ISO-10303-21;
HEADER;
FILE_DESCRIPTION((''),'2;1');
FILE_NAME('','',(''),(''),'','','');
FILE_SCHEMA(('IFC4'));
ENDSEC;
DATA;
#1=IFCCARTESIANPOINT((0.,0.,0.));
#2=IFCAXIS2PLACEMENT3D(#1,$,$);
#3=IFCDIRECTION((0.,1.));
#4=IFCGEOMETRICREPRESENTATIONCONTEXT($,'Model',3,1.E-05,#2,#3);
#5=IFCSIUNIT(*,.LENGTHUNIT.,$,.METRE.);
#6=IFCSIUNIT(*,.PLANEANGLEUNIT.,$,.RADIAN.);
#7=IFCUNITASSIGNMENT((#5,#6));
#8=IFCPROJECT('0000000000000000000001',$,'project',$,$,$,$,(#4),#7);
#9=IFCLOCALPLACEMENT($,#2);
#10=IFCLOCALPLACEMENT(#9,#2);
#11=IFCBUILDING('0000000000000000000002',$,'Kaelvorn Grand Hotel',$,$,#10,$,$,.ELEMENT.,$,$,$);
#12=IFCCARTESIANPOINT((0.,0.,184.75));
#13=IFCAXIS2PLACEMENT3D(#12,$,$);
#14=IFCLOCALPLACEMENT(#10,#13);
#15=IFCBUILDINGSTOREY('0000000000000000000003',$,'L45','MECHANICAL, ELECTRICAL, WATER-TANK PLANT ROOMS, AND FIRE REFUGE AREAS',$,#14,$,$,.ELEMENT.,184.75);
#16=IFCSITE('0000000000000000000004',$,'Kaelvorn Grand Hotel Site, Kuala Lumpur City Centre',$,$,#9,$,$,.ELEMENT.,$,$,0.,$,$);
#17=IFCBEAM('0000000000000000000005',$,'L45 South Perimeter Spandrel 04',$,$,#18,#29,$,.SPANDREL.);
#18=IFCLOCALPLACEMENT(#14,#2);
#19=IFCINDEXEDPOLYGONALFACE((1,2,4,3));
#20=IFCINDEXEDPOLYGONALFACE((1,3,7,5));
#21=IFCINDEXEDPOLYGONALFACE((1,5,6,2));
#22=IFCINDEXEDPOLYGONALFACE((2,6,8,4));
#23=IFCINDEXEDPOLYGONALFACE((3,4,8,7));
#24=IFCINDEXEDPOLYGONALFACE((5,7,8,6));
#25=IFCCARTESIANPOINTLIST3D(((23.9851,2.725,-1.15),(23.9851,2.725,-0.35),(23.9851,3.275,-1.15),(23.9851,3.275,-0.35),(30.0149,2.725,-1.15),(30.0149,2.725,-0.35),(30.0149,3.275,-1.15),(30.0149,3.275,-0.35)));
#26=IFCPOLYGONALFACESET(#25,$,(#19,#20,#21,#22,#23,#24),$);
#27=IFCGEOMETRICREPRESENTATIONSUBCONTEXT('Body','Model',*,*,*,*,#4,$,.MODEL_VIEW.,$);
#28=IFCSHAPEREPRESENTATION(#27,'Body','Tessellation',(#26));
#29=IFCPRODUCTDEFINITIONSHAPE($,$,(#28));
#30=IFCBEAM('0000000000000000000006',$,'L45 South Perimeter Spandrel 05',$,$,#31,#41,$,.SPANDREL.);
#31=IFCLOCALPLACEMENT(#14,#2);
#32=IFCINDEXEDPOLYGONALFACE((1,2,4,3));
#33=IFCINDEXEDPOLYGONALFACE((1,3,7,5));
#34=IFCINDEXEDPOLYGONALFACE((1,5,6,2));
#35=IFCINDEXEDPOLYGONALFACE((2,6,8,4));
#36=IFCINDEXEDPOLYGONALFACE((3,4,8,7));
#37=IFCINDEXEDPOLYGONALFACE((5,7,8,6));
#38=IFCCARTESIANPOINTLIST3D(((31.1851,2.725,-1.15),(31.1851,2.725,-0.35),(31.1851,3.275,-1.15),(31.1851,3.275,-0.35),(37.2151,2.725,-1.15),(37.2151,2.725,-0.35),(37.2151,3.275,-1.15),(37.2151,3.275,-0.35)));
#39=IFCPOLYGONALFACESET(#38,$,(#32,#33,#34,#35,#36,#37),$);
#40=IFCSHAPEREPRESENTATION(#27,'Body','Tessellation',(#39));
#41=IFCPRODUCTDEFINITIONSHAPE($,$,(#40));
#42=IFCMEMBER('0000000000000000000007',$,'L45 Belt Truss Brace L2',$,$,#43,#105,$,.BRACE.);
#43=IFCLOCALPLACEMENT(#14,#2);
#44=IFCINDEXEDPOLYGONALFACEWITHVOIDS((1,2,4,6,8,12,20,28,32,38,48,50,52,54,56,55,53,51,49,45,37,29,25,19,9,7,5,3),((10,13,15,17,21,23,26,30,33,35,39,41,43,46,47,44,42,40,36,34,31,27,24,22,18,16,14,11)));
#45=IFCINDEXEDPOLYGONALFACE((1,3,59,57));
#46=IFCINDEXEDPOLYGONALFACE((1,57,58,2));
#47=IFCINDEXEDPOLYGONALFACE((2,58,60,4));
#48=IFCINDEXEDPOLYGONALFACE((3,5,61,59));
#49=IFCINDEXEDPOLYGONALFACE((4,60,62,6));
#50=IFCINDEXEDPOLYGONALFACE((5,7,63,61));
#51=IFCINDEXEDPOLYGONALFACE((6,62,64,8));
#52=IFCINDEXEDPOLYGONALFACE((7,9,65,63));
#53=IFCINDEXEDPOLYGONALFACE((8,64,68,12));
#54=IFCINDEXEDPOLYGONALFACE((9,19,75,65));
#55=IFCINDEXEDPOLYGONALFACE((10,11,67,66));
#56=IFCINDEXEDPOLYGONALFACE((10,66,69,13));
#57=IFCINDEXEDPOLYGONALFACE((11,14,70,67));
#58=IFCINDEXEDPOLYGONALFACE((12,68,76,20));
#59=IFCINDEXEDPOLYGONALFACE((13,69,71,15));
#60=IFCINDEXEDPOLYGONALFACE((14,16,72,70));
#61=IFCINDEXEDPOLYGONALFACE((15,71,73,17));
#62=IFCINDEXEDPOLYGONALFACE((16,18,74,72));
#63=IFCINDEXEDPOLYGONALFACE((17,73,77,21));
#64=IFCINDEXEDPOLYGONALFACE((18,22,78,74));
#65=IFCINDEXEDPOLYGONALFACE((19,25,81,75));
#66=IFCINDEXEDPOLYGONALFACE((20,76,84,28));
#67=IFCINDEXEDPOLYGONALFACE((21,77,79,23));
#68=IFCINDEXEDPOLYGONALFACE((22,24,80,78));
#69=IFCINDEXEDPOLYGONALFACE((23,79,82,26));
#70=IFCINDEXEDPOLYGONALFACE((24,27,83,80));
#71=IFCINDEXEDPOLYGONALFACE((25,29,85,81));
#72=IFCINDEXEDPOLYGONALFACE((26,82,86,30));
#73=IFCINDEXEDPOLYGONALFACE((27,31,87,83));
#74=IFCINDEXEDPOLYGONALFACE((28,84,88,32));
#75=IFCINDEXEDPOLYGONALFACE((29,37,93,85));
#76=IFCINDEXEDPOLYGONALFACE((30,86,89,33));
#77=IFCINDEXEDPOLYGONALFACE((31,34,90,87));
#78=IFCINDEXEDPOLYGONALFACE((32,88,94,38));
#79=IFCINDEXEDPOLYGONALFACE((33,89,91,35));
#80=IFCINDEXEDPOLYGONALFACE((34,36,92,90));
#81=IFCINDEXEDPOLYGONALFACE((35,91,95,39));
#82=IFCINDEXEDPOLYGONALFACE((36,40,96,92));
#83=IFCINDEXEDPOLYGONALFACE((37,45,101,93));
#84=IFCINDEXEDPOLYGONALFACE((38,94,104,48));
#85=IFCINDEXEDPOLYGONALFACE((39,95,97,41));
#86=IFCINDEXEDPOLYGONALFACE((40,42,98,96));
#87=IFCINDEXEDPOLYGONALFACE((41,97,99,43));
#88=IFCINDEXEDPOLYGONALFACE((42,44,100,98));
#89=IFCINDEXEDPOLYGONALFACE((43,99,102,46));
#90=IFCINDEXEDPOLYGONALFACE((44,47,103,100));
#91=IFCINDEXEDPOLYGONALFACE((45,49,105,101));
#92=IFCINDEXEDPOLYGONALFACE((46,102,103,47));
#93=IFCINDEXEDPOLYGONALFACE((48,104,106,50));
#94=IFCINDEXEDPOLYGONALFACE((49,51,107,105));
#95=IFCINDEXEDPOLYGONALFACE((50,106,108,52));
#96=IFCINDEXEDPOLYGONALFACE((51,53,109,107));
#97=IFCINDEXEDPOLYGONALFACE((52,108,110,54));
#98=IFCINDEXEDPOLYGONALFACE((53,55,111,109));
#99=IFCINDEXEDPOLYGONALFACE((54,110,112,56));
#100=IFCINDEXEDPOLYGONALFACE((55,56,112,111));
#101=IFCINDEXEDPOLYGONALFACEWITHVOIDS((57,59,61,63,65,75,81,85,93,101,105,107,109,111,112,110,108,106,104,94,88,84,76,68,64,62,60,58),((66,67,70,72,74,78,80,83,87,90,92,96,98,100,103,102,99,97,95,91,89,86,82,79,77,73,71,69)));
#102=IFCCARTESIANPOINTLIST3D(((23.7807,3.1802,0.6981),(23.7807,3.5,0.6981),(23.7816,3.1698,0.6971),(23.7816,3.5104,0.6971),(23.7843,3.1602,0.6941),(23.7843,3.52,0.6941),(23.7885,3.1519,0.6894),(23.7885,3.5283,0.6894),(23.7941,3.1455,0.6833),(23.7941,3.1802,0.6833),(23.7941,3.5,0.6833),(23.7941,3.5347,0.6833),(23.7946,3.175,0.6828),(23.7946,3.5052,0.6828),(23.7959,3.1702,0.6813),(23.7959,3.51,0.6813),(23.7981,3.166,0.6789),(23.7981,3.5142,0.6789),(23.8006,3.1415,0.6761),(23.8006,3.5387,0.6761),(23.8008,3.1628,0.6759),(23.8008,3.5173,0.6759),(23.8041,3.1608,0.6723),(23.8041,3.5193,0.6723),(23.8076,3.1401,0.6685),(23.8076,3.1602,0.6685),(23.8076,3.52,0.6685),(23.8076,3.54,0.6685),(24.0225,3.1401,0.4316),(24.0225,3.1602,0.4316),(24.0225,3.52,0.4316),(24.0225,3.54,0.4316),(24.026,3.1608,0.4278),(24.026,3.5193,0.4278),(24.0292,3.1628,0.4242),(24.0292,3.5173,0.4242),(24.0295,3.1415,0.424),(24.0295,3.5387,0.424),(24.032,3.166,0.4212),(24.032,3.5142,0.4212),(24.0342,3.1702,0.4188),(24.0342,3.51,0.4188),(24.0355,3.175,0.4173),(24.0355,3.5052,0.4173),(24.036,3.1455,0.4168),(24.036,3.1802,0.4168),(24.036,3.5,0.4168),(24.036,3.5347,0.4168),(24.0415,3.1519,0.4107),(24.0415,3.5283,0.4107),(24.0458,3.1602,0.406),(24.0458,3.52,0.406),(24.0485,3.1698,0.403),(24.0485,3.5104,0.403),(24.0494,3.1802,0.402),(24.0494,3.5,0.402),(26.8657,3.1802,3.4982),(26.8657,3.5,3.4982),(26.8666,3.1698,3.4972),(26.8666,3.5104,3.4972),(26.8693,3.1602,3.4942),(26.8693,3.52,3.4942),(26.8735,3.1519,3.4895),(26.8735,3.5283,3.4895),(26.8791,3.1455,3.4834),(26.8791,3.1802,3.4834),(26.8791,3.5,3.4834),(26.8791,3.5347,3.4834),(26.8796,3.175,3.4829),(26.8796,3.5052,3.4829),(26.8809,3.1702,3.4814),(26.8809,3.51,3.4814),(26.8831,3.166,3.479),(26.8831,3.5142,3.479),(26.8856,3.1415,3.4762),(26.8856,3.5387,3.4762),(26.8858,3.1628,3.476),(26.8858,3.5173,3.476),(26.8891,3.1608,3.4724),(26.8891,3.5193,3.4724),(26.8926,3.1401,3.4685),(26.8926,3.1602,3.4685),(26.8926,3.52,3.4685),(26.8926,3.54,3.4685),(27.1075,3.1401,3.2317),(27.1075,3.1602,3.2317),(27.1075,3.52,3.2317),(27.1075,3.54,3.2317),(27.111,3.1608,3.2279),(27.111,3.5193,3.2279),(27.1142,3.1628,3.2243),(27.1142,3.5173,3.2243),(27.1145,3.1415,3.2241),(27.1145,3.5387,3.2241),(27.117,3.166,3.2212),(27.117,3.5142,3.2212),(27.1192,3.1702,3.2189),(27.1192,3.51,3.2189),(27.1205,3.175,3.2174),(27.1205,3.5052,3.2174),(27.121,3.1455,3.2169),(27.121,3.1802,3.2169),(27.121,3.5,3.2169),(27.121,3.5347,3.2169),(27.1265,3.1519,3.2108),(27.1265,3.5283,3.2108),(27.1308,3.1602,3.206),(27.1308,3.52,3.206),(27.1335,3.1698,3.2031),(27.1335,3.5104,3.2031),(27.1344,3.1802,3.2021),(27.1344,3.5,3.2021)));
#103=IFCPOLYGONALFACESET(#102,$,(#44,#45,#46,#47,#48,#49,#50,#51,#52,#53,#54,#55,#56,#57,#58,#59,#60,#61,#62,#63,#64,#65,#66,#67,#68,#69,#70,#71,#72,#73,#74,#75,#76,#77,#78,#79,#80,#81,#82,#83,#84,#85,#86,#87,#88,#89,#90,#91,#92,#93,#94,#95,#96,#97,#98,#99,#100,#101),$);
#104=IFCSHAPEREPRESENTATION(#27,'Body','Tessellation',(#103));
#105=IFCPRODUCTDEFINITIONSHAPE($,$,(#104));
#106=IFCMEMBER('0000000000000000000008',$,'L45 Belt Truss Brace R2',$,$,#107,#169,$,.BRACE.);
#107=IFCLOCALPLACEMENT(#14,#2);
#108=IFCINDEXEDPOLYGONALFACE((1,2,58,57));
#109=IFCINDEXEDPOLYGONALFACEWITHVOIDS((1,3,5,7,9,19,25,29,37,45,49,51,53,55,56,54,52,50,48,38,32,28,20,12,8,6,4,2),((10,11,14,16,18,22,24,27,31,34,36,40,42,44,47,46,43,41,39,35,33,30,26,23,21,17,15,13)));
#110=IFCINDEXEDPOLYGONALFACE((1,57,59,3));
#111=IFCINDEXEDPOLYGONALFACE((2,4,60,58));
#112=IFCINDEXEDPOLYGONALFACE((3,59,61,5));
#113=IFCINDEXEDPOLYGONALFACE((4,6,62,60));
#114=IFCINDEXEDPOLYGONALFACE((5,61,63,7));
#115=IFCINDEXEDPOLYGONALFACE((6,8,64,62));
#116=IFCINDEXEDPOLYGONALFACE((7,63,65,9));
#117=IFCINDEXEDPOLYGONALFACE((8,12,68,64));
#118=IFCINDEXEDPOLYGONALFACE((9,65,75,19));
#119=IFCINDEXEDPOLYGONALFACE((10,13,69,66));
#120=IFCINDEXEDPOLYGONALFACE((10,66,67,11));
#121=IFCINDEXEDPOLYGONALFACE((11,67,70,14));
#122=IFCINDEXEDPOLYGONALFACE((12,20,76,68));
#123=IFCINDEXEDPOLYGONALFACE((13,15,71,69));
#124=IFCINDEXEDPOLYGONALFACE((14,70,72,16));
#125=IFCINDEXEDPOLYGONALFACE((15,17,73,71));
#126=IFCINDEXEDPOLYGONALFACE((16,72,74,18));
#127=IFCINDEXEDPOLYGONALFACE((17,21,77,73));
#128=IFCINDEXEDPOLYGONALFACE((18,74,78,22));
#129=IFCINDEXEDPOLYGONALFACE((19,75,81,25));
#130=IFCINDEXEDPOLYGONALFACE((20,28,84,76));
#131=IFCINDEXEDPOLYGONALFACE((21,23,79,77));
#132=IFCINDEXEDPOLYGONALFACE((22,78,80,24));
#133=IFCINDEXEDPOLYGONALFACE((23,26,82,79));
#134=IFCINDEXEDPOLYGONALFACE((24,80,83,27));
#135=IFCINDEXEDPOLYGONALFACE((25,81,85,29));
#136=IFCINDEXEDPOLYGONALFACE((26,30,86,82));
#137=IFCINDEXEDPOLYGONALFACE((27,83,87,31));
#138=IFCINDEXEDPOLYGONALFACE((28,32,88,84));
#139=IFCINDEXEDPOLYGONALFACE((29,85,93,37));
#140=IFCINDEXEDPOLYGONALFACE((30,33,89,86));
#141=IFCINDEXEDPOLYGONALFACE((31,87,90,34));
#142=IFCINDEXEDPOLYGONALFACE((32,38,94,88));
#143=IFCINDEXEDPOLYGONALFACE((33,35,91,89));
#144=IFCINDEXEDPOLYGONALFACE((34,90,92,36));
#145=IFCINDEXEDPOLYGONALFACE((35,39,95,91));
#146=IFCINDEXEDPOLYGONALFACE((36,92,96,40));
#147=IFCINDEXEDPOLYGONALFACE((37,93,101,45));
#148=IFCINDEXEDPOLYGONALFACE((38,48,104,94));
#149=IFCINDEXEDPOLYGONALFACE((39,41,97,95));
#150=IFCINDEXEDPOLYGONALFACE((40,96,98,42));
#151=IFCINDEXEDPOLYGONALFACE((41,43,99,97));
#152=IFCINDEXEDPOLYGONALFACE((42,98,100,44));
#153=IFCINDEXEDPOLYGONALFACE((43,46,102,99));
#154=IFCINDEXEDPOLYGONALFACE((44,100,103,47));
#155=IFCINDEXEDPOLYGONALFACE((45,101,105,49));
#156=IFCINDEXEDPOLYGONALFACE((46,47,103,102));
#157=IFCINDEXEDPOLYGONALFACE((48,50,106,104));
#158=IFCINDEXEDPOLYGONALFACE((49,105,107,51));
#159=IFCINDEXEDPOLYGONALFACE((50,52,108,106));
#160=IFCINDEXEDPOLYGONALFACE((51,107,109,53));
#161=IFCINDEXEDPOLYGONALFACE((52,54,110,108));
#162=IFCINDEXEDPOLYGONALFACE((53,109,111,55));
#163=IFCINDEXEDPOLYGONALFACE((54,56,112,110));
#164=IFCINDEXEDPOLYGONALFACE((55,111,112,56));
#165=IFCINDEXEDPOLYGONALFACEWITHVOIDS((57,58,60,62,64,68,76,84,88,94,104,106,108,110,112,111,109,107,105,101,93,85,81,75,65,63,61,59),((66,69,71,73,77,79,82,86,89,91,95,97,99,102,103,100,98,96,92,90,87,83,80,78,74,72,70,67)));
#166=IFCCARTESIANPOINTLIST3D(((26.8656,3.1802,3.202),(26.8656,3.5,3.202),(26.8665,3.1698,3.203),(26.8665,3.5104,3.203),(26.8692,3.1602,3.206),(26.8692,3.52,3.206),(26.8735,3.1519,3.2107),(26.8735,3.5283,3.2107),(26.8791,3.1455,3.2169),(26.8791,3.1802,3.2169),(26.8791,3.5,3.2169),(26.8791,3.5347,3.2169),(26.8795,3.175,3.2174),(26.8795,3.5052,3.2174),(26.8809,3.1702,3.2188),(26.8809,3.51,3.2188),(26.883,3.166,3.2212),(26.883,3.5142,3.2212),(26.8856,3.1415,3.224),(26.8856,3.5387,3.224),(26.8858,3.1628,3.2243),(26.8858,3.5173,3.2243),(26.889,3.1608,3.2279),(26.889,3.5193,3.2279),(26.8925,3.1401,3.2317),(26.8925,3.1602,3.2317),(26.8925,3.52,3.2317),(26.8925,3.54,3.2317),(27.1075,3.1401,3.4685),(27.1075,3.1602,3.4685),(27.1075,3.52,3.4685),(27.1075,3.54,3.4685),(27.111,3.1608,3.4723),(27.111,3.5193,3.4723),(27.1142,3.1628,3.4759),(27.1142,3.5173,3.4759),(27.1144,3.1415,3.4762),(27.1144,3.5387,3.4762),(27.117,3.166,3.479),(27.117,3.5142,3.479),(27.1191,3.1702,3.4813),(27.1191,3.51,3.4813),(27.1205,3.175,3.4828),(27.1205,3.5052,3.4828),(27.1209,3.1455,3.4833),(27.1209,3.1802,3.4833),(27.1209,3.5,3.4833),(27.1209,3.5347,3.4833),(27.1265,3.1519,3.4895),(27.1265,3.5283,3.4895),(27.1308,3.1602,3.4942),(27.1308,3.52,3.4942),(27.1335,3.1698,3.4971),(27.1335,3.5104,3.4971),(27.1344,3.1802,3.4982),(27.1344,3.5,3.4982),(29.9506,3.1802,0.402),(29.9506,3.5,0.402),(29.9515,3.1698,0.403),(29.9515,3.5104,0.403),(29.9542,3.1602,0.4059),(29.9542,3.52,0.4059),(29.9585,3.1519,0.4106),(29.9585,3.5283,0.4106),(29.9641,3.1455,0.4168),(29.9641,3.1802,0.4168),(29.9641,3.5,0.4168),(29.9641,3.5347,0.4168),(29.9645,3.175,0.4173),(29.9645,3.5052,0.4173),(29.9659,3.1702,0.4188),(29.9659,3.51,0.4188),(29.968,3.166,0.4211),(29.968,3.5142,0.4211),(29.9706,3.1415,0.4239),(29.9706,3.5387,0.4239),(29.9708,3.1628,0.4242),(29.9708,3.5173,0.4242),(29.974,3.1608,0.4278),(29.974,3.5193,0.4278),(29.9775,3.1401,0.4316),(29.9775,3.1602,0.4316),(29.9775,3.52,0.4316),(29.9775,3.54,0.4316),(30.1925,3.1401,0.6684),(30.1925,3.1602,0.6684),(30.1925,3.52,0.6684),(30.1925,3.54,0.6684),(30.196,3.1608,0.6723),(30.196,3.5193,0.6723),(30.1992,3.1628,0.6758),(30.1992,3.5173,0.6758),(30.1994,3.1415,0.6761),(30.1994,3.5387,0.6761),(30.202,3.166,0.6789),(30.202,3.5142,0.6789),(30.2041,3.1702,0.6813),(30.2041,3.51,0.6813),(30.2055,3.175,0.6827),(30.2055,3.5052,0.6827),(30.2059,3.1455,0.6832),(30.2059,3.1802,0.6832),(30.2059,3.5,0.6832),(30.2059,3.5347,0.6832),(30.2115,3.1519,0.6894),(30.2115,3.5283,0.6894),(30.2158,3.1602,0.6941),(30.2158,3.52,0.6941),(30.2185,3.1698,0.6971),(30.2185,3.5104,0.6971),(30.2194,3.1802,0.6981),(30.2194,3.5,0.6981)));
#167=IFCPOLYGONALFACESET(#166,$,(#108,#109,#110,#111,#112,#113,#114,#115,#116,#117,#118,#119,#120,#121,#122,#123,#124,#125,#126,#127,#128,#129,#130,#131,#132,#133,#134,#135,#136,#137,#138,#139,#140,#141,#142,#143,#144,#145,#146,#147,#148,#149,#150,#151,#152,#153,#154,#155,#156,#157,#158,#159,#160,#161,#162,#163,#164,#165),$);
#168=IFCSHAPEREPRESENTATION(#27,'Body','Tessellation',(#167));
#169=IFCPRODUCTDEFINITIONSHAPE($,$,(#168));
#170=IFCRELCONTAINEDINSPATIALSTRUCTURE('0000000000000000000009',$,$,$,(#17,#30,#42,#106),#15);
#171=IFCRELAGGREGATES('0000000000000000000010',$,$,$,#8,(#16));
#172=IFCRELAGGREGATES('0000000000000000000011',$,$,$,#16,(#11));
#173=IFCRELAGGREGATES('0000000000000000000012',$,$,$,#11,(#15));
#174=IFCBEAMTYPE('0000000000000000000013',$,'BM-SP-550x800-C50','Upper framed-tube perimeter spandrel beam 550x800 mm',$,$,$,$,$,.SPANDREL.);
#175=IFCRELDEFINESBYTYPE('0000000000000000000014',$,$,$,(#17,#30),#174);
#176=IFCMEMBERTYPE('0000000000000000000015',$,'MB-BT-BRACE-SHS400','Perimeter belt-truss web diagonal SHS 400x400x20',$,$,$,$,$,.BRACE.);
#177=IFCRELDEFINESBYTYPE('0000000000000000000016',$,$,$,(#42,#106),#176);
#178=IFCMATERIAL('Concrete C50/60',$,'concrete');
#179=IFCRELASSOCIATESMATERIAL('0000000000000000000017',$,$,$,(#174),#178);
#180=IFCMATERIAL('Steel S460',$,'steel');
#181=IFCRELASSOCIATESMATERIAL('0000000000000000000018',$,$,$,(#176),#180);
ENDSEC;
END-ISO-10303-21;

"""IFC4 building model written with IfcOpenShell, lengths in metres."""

from ifc_helpers import new_model, si_unit, direction, frame, origin, origin_2d, place, context, subcontext, project, spatial, rectangle, hollow_rectangle, extrude, material, material_profile, profile_set, type_object, element, save


model = new_model("IFC4")

# Units and contexts
model_context = context("Model", 3, precision=1e-05, world=origin(), true_north=direction((0.0, 1.0)))
body_context = subcontext(model_context, "Body", "Model", "MODEL_VIEW")
ifc_project = project(units=[si_unit("LENGTHUNIT", "METRE"), si_unit("PLANEANGLEUNIT", "RADIAN")], contexts=[model_context])

# Site, building, storey
site_placement = place(None, origin())
site = spatial("IfcSite", under=ifc_project, at=site_placement, Name="Kaelvorn Grand Hotel Site, Kuala Lumpur City Centre", CompositionType="ELEMENT", RefElevation=0.0)
building_placement = place(site_placement, origin())
building = spatial("IfcBuilding", under=site, at=building_placement, Name="Kaelvorn Grand Hotel", CompositionType="ELEMENT")
storey_placement = place(building_placement, frame((0.0, 0.0, 184.75)))
storey = spatial("IfcBuildingStorey", under=building, at=storey_placement, Name="L45", Description="MECHANICAL, ELECTRICAL, WATER-TANK PLANT ROOMS, AND FIRE REFUGE AREAS", CompositionType="ELEMENT", Elevation=184.75)

# Beams
ifc_material_1 = material(Name="Concrete C50/60", Category="concrete")
ifc_material_profile_1 = material_profile(ifc_material_1, rectangle(XDim=0.55, YDim=0.8, at=origin_2d()), Name="RC SPANDREL 550x800")
ifc_profile_set_1 = profile_set([ifc_material_profile_1], Name="Concrete C50/60")
beam_type_1 = type_object("IfcBeamType", Name="BM-SP-550x800-C50", Description="Upper framed-tube perimeter spandrel beam 550x800 mm", PredefinedType="SPANDREL", material=ifc_profile_set_1)
beam_1_placement = place(storey_placement, frame((23.9851, 3.0, -0.75), z_axis=(1.0, 0.0, 0.0), x_axis=(0.0, 1.0, 0.0)))
element("IfcBeam", 1, at=beam_1_placement, inside=storey, type_object=beam_type_1, Name="L45 South Perimeter Spandrel 04", PredefinedType="SPANDREL", context=body_context, shape_type="SweptSolid", body=[
    extrude(rectangle(XDim=0.55, YDim=0.8, at=origin_2d()), origin(), (0.0, 0.0, 1.0), 6.0298),
])
beam_2_placement = place(storey_placement, frame((31.1851, 3.0, -0.75), z_axis=(1.0, 0.0, 0.0), x_axis=(0.0, 1.0, 0.0)))
element("IfcBeam", 2, at=beam_2_placement, inside=storey, type_object=beam_type_1, Name="L45 South Perimeter Spandrel 05", PredefinedType="SPANDREL", context=body_context, shape_type="SweptSolid", body=[
    extrude(rectangle(XDim=0.55, YDim=0.8, at=origin_2d()), origin(), (0.0, 0.0, 1.0), 6.03),
])

# Members
ifc_material_2 = material(Name="Steel S460", Category="steel")
ifc_material_profile_2 = material_profile(ifc_material_2, hollow_rectangle(XDim=0.3999, YDim=0.3999, WallThickness=0.02, InnerFilletRadius=0.02, OuterFilletRadius=0.04, at=origin_2d()), Name="SHS 400x400x20.0")
ifc_profile_set_2 = profile_set([ifc_material_profile_2], Name="Steel S460")
member_type_1 = type_object("IfcMemberType", Name="MB-BT-BRACE-SHS400", Description="Perimeter belt-truss web diagonal SHS 400x400x20", PredefinedType="BRACE", material=ifc_profile_set_2)
for number, where, z_axis, x_axis, name in (
    (3, (23.915, 3.3401, 0.55), (0.740473, 0.0, 0.672086), (0.0, 1.0, 0.0), "L45 Belt Truss Brace L2"),
    (4, (27.0, 3.3401, 3.3501), (0.740473, 0.0, -0.672086), (0.0, 1.0, 0.0), "L45 Belt Truss Brace R2"),
):
    element("IfcMember", number, at=place(storey_placement, frame(where, z_axis=z_axis, x_axis=x_axis)), inside=storey, type_object=member_type_1, Name=name, PredefinedType="BRACE", context=body_context, shape_type="SweptSolid", body=[
        extrude(hollow_rectangle(XDim=0.3999, YDim=0.3999, WallThickness=0.02, InnerFilletRadius=0.02, OuterFilletRadius=0.04, at=origin_2d()), origin(), (0.0, 0.0, 1.0), 4.1663),
    ])

save(model, "model.ifc")
